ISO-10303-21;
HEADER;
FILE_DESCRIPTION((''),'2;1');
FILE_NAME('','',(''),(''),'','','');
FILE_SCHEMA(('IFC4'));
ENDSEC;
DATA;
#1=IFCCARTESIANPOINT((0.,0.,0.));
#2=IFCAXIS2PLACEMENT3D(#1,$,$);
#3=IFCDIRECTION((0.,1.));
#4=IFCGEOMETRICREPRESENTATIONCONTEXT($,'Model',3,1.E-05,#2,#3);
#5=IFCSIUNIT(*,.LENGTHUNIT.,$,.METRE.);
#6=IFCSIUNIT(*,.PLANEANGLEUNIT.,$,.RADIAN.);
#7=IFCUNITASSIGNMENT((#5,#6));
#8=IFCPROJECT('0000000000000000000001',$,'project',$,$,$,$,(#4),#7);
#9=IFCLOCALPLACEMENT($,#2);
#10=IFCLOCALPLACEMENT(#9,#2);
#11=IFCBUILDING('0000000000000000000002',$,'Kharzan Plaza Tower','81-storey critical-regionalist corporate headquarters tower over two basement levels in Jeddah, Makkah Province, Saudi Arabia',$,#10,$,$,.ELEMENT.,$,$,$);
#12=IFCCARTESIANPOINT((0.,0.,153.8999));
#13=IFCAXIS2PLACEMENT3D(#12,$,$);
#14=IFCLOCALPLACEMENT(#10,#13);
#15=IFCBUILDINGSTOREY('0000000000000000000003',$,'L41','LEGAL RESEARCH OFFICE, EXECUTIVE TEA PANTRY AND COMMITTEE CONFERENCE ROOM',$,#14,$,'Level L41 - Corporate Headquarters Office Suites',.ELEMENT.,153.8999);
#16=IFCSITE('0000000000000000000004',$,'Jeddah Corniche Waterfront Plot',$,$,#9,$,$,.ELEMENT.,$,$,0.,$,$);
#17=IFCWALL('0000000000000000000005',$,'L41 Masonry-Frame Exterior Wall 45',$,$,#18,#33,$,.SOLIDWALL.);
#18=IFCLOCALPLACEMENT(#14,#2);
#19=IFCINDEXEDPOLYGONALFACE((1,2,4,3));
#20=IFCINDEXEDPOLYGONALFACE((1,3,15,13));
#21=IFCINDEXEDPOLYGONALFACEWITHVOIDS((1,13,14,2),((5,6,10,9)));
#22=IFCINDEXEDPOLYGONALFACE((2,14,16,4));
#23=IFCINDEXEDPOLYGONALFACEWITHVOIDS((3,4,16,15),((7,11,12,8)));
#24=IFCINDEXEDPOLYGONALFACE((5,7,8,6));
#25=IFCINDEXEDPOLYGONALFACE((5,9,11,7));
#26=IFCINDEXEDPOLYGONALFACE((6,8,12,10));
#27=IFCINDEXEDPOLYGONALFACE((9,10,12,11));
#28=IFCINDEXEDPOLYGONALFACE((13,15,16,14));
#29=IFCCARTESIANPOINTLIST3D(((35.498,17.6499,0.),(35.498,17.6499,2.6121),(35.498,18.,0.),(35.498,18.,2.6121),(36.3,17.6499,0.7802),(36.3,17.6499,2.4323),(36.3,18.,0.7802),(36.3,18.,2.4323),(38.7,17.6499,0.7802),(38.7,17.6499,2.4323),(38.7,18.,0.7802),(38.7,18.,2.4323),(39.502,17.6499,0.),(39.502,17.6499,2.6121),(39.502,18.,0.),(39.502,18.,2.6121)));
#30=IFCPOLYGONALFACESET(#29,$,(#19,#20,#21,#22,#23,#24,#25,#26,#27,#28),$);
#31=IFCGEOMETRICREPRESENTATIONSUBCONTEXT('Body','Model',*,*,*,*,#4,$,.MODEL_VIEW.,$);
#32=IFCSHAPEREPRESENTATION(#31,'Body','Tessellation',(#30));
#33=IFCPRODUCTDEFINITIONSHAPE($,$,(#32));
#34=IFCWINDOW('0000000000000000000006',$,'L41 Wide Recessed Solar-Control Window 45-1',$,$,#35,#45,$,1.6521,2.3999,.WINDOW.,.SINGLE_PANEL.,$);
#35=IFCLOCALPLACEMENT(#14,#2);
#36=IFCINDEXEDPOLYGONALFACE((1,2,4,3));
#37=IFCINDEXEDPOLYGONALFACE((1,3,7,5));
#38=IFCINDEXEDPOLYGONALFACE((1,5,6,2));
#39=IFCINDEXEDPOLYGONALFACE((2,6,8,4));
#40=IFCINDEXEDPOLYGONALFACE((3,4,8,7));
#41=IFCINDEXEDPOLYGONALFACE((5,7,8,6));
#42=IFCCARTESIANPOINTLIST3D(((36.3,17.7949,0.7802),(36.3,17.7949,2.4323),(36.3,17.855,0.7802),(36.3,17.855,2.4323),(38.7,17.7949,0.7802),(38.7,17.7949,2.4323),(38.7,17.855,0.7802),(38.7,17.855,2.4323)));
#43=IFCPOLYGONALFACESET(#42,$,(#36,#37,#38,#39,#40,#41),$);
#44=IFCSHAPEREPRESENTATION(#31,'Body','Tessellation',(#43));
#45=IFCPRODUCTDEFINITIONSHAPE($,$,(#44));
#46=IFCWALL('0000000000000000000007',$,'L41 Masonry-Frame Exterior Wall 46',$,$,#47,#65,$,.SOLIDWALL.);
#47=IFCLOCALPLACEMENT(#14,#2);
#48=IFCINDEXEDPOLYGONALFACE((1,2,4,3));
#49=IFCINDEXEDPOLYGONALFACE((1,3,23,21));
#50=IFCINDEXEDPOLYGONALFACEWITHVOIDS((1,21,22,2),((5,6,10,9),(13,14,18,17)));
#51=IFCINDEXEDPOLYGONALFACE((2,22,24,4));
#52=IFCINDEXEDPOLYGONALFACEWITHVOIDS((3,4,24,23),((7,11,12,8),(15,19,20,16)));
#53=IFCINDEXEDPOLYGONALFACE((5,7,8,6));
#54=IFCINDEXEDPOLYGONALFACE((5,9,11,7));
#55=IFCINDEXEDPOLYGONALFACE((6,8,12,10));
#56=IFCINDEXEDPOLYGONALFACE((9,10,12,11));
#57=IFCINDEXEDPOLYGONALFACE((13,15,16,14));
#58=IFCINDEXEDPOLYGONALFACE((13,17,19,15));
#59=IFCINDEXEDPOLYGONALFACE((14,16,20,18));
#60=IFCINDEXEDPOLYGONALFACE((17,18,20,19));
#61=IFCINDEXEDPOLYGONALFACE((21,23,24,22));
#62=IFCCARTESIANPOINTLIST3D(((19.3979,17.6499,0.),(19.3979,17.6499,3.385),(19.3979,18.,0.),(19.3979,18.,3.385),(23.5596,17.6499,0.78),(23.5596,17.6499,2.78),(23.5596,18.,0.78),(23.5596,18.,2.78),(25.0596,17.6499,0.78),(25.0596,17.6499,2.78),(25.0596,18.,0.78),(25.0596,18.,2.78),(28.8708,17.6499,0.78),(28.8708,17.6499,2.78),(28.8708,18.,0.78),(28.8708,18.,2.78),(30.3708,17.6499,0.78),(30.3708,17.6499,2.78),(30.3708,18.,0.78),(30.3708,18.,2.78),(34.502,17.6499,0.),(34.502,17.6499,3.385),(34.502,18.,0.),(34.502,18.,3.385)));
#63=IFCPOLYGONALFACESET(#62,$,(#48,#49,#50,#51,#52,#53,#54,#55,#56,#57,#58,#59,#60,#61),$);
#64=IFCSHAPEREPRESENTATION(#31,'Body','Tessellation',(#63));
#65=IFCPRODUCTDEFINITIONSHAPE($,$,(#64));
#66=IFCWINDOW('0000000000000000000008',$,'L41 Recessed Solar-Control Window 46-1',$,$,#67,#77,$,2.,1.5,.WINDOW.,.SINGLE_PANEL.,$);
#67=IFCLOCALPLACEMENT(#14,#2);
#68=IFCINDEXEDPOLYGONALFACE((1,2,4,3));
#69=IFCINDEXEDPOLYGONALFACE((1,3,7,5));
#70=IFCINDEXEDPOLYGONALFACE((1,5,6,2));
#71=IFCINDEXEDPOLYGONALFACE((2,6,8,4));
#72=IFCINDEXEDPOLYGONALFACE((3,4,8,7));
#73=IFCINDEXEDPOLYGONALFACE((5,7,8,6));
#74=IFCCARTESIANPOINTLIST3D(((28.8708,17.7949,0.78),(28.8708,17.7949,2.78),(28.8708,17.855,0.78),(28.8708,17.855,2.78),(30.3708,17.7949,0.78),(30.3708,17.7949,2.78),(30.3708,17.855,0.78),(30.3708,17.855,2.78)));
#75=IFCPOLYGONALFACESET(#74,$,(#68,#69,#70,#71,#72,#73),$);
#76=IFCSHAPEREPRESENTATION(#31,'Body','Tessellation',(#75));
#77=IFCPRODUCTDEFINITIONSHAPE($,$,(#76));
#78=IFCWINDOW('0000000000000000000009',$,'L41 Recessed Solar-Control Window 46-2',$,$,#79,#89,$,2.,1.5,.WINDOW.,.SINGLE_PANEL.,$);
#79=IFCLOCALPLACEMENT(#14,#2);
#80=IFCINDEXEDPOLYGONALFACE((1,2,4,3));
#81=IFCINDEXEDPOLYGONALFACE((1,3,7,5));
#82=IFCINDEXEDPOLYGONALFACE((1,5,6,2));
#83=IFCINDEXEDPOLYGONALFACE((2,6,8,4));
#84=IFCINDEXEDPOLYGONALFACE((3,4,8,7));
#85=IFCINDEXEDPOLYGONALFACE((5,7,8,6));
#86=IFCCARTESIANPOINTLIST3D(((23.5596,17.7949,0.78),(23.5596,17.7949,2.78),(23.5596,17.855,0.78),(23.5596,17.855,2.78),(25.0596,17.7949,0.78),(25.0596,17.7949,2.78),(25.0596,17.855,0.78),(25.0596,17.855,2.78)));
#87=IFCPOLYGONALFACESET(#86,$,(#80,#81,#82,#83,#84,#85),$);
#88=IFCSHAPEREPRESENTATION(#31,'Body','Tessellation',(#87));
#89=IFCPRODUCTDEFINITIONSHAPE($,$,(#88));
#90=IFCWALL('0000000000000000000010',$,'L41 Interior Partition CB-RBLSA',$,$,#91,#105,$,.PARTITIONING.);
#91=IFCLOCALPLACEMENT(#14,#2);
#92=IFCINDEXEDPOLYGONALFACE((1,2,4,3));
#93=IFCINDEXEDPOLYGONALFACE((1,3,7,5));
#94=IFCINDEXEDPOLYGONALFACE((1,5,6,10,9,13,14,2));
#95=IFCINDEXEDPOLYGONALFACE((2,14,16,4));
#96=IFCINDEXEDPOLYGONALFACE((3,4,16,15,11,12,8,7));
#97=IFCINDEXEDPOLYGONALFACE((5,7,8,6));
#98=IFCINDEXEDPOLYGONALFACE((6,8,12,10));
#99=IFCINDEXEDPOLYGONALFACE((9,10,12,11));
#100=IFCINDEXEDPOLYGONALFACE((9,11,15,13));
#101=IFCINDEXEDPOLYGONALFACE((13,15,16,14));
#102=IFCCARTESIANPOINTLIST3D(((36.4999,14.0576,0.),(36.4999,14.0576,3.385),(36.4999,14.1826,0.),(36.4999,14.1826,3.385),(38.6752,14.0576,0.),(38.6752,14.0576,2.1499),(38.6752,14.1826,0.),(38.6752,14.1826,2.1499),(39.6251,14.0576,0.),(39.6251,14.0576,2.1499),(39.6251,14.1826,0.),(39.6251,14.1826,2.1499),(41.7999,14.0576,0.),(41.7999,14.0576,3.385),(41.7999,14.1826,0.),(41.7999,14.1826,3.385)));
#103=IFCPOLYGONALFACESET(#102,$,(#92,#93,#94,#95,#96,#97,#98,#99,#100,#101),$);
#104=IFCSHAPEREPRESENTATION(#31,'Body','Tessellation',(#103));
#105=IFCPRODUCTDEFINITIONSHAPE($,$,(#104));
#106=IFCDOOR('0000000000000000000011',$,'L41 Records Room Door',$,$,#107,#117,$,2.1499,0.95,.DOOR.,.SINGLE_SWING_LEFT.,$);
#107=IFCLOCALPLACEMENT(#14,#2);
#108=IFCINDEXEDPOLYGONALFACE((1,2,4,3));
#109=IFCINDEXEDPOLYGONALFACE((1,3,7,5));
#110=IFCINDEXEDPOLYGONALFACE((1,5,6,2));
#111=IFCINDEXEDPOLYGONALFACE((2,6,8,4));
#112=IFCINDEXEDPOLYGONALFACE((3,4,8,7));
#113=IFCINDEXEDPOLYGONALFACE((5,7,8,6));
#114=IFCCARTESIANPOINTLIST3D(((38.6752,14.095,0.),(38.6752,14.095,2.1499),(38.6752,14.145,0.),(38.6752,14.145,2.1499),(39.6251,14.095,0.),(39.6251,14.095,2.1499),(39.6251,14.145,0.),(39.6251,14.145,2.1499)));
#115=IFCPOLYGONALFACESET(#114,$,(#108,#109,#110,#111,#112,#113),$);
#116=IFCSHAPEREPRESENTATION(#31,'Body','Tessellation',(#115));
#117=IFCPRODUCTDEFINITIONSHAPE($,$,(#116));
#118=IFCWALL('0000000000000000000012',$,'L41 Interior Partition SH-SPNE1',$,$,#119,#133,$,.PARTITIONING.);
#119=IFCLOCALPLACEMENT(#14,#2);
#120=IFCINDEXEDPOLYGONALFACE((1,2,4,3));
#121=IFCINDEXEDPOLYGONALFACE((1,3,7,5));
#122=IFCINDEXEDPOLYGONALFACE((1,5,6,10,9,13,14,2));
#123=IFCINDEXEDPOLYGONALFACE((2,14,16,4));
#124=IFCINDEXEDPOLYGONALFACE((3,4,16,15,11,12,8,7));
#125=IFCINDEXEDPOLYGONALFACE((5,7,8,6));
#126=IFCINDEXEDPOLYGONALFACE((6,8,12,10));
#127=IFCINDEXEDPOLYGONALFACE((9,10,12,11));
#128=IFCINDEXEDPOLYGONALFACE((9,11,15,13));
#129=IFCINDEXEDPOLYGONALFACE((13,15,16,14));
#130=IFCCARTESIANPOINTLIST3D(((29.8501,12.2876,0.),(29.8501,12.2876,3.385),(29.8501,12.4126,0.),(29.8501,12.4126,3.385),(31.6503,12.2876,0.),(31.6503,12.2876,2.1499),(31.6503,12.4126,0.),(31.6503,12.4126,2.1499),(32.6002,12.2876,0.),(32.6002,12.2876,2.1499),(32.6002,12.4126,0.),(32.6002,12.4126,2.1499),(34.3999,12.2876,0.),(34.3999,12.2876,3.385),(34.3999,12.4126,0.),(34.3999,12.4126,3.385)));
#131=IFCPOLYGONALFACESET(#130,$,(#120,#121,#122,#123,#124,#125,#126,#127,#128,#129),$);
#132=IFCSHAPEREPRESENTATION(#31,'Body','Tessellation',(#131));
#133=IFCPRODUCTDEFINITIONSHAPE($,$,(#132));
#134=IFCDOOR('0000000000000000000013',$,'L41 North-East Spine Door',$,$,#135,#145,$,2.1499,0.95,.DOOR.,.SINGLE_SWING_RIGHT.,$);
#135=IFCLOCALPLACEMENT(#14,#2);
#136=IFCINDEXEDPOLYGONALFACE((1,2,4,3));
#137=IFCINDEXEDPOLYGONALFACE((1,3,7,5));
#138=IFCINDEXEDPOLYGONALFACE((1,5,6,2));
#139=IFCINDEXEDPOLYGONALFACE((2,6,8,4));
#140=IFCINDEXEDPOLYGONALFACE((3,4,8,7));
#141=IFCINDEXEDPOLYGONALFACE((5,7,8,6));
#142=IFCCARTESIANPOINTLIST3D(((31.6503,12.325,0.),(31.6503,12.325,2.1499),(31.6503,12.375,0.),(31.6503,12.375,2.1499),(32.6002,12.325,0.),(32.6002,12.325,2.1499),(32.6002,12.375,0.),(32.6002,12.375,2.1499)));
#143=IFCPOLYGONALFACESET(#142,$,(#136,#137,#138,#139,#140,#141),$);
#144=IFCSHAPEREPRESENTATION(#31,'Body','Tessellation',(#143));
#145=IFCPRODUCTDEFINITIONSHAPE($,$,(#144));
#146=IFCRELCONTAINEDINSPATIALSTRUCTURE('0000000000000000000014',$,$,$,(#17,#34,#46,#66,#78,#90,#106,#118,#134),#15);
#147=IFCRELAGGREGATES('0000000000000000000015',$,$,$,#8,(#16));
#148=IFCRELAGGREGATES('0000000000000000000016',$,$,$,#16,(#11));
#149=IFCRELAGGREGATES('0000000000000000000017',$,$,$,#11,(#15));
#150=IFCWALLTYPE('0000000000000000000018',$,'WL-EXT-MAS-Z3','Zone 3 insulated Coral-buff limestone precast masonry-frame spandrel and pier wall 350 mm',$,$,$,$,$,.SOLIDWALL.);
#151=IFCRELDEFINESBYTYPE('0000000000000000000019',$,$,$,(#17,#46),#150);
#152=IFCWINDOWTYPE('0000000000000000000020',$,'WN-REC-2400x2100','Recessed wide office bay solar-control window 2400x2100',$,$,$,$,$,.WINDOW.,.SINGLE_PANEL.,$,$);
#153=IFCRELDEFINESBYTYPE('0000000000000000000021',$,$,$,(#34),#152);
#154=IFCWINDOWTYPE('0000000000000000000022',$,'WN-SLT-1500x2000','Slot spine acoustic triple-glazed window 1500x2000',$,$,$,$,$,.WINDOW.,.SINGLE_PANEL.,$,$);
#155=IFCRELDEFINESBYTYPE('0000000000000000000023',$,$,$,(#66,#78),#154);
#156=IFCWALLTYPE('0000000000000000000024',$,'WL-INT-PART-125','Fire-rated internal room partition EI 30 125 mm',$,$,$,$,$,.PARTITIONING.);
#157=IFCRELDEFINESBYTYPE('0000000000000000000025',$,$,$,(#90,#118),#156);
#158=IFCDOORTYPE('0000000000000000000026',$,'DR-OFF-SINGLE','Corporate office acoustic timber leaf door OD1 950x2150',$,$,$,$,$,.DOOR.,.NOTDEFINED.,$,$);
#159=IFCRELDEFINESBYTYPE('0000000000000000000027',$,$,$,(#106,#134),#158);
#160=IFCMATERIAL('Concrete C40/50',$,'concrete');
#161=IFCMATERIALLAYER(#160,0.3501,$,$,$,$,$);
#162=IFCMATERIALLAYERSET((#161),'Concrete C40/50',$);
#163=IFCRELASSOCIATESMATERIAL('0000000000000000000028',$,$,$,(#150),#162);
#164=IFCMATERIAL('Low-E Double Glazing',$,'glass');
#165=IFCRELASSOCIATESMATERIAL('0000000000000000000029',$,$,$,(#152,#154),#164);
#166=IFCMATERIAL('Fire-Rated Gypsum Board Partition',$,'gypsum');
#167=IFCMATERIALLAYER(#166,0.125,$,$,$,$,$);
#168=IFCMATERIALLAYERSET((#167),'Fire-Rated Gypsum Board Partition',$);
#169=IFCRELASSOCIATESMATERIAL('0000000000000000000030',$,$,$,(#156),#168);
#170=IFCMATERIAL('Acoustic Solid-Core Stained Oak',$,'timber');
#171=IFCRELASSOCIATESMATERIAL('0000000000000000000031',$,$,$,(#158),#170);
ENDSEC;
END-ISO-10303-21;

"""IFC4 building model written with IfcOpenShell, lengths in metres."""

from ifc_helpers import new_model, si_unit, direction, frame, frame_2d, origin, place, context, subcontext, project, spatial, rectangle, extrude, source, transform, mapped, material, layer, layer_set, type_object, element, fill, save


model = new_model("IFC4")

# Units and contexts
model_context = context("Model", 3, precision=1e-05, world=origin(), true_north=direction((0.0, 1.0)))
body_context = subcontext(model_context, "Body", "Model", "MODEL_VIEW")
ifc_project = project(units=[si_unit("LENGTHUNIT", "METRE"), si_unit("PLANEANGLEUNIT", "RADIAN")], contexts=[model_context])

# Site, building, storey
site_placement = place(None, origin())
site = spatial("IfcSite", under=ifc_project, at=site_placement, Name="Jeddah Corniche Waterfront Plot", CompositionType="ELEMENT", RefElevation=0.0)
building_placement = place(site_placement, origin())
building = spatial("IfcBuilding", under=site, at=building_placement, Name="Kharzan Plaza Tower", Description="81-storey critical-regionalist corporate headquarters tower over two basement levels in Jeddah, Makkah Province, Saudi Arabia", CompositionType="ELEMENT")
storey_placement = place(building_placement, frame((0.0, 0.0, 153.8999)))
storey = spatial("IfcBuildingStorey", under=building, at=storey_placement, Name="L41", Description="LEGAL RESEARCH OFFICE, EXECUTIVE TEA PANTRY AND COMMITTEE CONFERENCE ROOM", LongName="Level L41 - Corporate Headquarters Office Suites", CompositionType="ELEMENT", Elevation=153.8999)

# Wall, opening, window
ifc_material_1 = material(Name="Concrete C40/50", Category="concrete")
ifc_layer_1 = layer(ifc_material_1, 0.3501)
ifc_layer_set_1 = layer_set([ifc_layer_1], Name="Concrete C40/50")
wall_type_1 = type_object("IfcWallType", Name="WL-EXT-MAS-Z3", Description="Zone 3 insulated Coral-buff limestone precast masonry-frame spandrel and pier wall 350 mm", PredefinedType="SOLIDWALL", material=ifc_layer_set_1)
wall_1_placement = place(storey_placement, frame((39.502, 17.825, 0.0), z_axis=(0.0, 0.0, 1.0), x_axis=(-1.0, 0.0, 0.0)))
wall_1 = element("IfcWall", 1, at=wall_1_placement, inside=storey, type_object=wall_type_1, Name="L41 Masonry-Frame Exterior Wall 45", PredefinedType="SOLIDWALL", context=body_context, shape_type="SweptSolid", body=[
    extrude(rectangle(XDim=4.0039, YDim=0.3501, at=frame_2d((2.002, 0.0))), origin(), (0.0, 0.0, 1.0), 2.6121),
])
opening_1_placement = place(wall_1_placement, frame((0.802, 0.0, 0.78)))
opening_1 = element("IfcOpeningElement", 2, at=opening_1_placement, cuts=wall_1, PredefinedType="OPENING", context=body_context, shape_type="SweptSolid", body=[
    extrude(rectangle(XDim=2.3999, YDim=1.6521, at=frame_2d((1.2, 0.8262))), frame((0.0, 0.1851, 0.0), z_axis=(0.0, -1.0, 0.0), x_axis=(1.0, 0.0, 0.0)), (0.0, 0.0, 1.0), 0.3701),
])
ifc_material_2 = material(Name="Low-E Double Glazing", Category="glass")
window_type_1 = type_object("IfcWindowType", Name="WN-REC-2400x2100", Description="Recessed wide office bay solar-control window 2400x2100", PartitioningType="SINGLE_PANEL", PredefinedType="WINDOW", material=ifc_material_2)
shared_shape_1 = source(origin(), body_context, "Body", "SweptSolid", [
    extrude(rectangle(XDim=2.3999, YDim=1.6521, at=frame_2d((1.2, 0.8262))), frame((0.0, 0.03, 0.0), z_axis=(0.0, -1.0, 0.0), x_axis=(1.0, 0.0, 0.0)), (0.0, 0.0, 1.0), 0.0601),
])
window_1_placement = place(opening_1_placement, origin())
window_1 = element("IfcWindow", 3, at=window_1_placement, inside=storey, type_object=window_type_1, Name="L41 Wide Recessed Solar-Control Window 45-1", OverallHeight=1.6521, OverallWidth=2.3999, PartitioningType="SINGLE_PANEL", PredefinedType="WINDOW", context=body_context, shape_type="MappedRepresentation", body=[
    mapped(shared_shape_1, transform((0.0, 0.0, 0.0), x_axis=(1.0, 0.0, 0.0), y_axis=(0.0, 1.0, 0.0), z_axis=(0.0, 0.0, 1.0))),
])
fill(opening_1, window_1)

# Wall, openings, windows
wall_2_placement = place(storey_placement, frame((34.502, 17.825, 0.0), z_axis=(0.0, 0.0, 1.0), x_axis=(-1.0, 0.0, 0.0)))
wall_2 = element("IfcWall", 4, at=wall_2_placement, inside=storey, type_object=wall_type_1, Name="L41 Masonry-Frame Exterior Wall 46", PredefinedType="SOLIDWALL", context=body_context, shape_type="SweptSolid", body=[
    extrude(rectangle(XDim=15.104, YDim=0.3501, at=frame_2d((7.552, 0.0))), origin(), (0.0, 0.0, 1.0), 3.385),
])
opening_2_placement = place(wall_2_placement, frame((4.1311, 0.0, 0.78)))
opening_2 = element("IfcOpeningElement", 5, at=opening_2_placement, cuts=wall_2, PredefinedType="OPENING", context=body_context, shape_type="SweptSolid", body=[
    extrude(rectangle(XDim=1.5, YDim=2.0, at=frame_2d((0.75, 1.0))), frame((0.0, 0.1851, 0.0), z_axis=(0.0, -1.0, 0.0), x_axis=(1.0, 0.0, 0.0)), (0.0, 0.0, 1.0), 0.3701),
])
opening_3_placement = place(wall_2_placement, frame((9.4424, 0.0, 0.78)))
opening_3 = element("IfcOpeningElement", 6, at=opening_3_placement, cuts=wall_2, PredefinedType="OPENING", context=body_context, shape_type="SweptSolid", body=[
    extrude(rectangle(XDim=1.5, YDim=2.0, at=frame_2d((0.75, 1.0))), frame((0.0, 0.1851, 0.0), z_axis=(0.0, -1.0, 0.0), x_axis=(1.0, 0.0, 0.0)), (0.0, 0.0, 1.0), 0.3701),
])
window_type_2 = type_object("IfcWindowType", Name="WN-SLT-1500x2000", Description="Slot spine acoustic triple-glazed window 1500x2000", PartitioningType="SINGLE_PANEL", PredefinedType="WINDOW", material=ifc_material_2)
shared_shape_2 = source(origin(), body_context, "Body", "SweptSolid", [
    extrude(rectangle(XDim=1.5, YDim=2.0, at=frame_2d((0.75, 1.0))), frame((0.0, 0.03, 0.0), z_axis=(0.0, -1.0, 0.0), x_axis=(1.0, 0.0, 0.0)), (0.0, 0.0, 1.0), 0.0601),
])
window_2_placement = place(opening_2_placement, origin())
window_2 = element("IfcWindow", 7, at=window_2_placement, inside=storey, type_object=window_type_2, Name="L41 Recessed Solar-Control Window 46-1", OverallHeight=2.0, OverallWidth=1.5, PartitioningType="SINGLE_PANEL", PredefinedType="WINDOW", context=body_context, shape_type="MappedRepresentation", body=[
    mapped(shared_shape_2, transform((0.0, 0.0, 0.0), x_axis=(1.0, 0.0, 0.0), y_axis=(0.0, 1.0, 0.0), z_axis=(0.0, 0.0, 1.0))),
])
fill(opening_2, window_2)
window_3_placement = place(opening_3_placement, origin())
window_3 = element("IfcWindow", 8, at=window_3_placement, inside=storey, type_object=window_type_2, Name="L41 Recessed Solar-Control Window 46-2", OverallHeight=2.0, OverallWidth=1.5, PartitioningType="SINGLE_PANEL", PredefinedType="WINDOW", context=body_context, shape_type="MappedRepresentation", body=[
    mapped(shared_shape_2, transform((0.0, 0.0, 0.0), x_axis=(1.0, 0.0, 0.0), y_axis=(0.0, 1.0, 0.0), z_axis=(0.0, 0.0, 1.0))),
])
fill(opening_3, window_3)

# Walls, openings, doors
ifc_material_3 = material(Name="Fire-Rated Gypsum Board Partition", Category="gypsum")
ifc_layer_2 = layer(ifc_material_3, 0.125)
ifc_layer_set_2 = layer_set([ifc_layer_2], Name="Fire-Rated Gypsum Board Partition")
wall_type_2 = type_object("IfcWallType", Name="WL-INT-PART-125", Description="Fire-rated internal room partition EI 30 125 mm", PredefinedType="PARTITIONING", material=ifc_layer_set_2)
wall_3_placement = place(storey_placement, frame((36.5, 14.1201, 0.0), z_axis=(0.0, 0.0, 1.0), x_axis=(1.0, 0.0, 0.0)))
wall_3 = element("IfcWall", 9, at=wall_3_placement, inside=storey, type_object=wall_type_2, Name="L41 Interior Partition CB-RBLSA", PredefinedType="PARTITIONING", context=body_context, shape_type="SweptSolid", body=[
    extrude(rectangle(XDim=5.3, YDim=0.125, at=frame_2d((2.6499, 0.0))), origin(), (0.0, 0.0, 1.0), 3.385),
])
opening_4_placement = place(wall_3_placement, frame((2.175, 0.0, 0.0)))
opening_4 = element("IfcOpeningElement", 10, at=opening_4_placement, cuts=wall_3, PredefinedType="OPENING", context=body_context, shape_type="SweptSolid", body=[
    extrude(rectangle(XDim=0.95, YDim=2.1499, at=frame_2d((0.4751, 1.075))), frame((0.0, 0.0725, 0.0), z_axis=(0.0, -1.0, 0.0), x_axis=(1.0, 0.0, 0.0)), (0.0, 0.0, 1.0), 0.145),
])
ifc_material_4 = material(Name="Acoustic Solid-Core Stained Oak", Category="timber")
door_type_1 = type_object("IfcDoorType", Name="DR-OFF-SINGLE", Description="Corporate office acoustic timber leaf door OD1 950x2150", OperationType="NOTDEFINED", PredefinedType="DOOR", material=ifc_material_4)
shared_shape_3 = source(origin(), body_context, "Body", "SweptSolid", [
    extrude(rectangle(XDim=0.95, YDim=2.1499, at=frame_2d((0.4751, 1.075))), frame((0.0, 0.0249, 0.0), z_axis=(0.0, -1.0, 0.0), x_axis=(1.0, 0.0, 0.0)), (0.0, 0.0, 1.0), 0.05),
])
door_1_placement = place(opening_4_placement, origin())
door_1 = element("IfcDoor", 11, at=door_1_placement, inside=storey, type_object=door_type_1, Name="L41 Records Room Door", OperationType="SINGLE_SWING_LEFT", OverallHeight=2.1499, OverallWidth=0.95, PredefinedType="DOOR", context=body_context, shape_type="MappedRepresentation", body=[
    mapped(shared_shape_3, transform((0.0, 0.0, 0.0), x_axis=(1.0, 0.0, 0.0), y_axis=(0.0, 1.0, 0.0), z_axis=(0.0, 0.0, 1.0))),
])
fill(opening_4, door_1)
wall_4_placement = place(storey_placement, frame((29.8501, 12.3501, 0.0), z_axis=(0.0, 0.0, 1.0), x_axis=(1.0, 0.0, 0.0)))
wall_4 = element("IfcWall", 12, at=wall_4_placement, inside=storey, type_object=wall_type_2, Name="L41 Interior Partition SH-SPNE1", PredefinedType="PARTITIONING", context=body_context, shape_type="SweptSolid", body=[
    extrude(rectangle(XDim=4.5498, YDim=0.125, at=frame_2d((2.2749, 0.0))), origin(), (0.0, 0.0, 1.0), 3.385),
])
opening_5_placement = place(wall_4_placement, frame((1.8, 0.0, 0.0)))
opening_5 = element("IfcOpeningElement", 13, at=opening_5_placement, cuts=wall_4, PredefinedType="OPENING", context=body_context, shape_type="SweptSolid", body=[
    extrude(rectangle(XDim=0.95, YDim=2.1499, at=frame_2d((0.4751, 1.075))), frame((0.0, 0.0725, 0.0), z_axis=(0.0, -1.0, 0.0), x_axis=(1.0, 0.0, 0.0)), (0.0, 0.0, 1.0), 0.145),
])
door_2_placement = place(opening_5_placement, origin())
door_2 = element("IfcDoor", 14, at=door_2_placement, inside=storey, type_object=door_type_1, Name="L41 North-East Spine Door", OperationType="SINGLE_SWING_RIGHT", OverallHeight=2.1499, OverallWidth=0.95, PredefinedType="DOOR", context=body_context, shape_type="MappedRepresentation", body=[
    mapped(shared_shape_3, transform((0.0, 0.0, 0.0), x_axis=(1.0, 0.0, 0.0), y_axis=(0.0, 1.0, 0.0), z_axis=(0.0, 0.0, 1.0))),
])
fill(opening_5, door_2)

save(model, "model.ifc")
